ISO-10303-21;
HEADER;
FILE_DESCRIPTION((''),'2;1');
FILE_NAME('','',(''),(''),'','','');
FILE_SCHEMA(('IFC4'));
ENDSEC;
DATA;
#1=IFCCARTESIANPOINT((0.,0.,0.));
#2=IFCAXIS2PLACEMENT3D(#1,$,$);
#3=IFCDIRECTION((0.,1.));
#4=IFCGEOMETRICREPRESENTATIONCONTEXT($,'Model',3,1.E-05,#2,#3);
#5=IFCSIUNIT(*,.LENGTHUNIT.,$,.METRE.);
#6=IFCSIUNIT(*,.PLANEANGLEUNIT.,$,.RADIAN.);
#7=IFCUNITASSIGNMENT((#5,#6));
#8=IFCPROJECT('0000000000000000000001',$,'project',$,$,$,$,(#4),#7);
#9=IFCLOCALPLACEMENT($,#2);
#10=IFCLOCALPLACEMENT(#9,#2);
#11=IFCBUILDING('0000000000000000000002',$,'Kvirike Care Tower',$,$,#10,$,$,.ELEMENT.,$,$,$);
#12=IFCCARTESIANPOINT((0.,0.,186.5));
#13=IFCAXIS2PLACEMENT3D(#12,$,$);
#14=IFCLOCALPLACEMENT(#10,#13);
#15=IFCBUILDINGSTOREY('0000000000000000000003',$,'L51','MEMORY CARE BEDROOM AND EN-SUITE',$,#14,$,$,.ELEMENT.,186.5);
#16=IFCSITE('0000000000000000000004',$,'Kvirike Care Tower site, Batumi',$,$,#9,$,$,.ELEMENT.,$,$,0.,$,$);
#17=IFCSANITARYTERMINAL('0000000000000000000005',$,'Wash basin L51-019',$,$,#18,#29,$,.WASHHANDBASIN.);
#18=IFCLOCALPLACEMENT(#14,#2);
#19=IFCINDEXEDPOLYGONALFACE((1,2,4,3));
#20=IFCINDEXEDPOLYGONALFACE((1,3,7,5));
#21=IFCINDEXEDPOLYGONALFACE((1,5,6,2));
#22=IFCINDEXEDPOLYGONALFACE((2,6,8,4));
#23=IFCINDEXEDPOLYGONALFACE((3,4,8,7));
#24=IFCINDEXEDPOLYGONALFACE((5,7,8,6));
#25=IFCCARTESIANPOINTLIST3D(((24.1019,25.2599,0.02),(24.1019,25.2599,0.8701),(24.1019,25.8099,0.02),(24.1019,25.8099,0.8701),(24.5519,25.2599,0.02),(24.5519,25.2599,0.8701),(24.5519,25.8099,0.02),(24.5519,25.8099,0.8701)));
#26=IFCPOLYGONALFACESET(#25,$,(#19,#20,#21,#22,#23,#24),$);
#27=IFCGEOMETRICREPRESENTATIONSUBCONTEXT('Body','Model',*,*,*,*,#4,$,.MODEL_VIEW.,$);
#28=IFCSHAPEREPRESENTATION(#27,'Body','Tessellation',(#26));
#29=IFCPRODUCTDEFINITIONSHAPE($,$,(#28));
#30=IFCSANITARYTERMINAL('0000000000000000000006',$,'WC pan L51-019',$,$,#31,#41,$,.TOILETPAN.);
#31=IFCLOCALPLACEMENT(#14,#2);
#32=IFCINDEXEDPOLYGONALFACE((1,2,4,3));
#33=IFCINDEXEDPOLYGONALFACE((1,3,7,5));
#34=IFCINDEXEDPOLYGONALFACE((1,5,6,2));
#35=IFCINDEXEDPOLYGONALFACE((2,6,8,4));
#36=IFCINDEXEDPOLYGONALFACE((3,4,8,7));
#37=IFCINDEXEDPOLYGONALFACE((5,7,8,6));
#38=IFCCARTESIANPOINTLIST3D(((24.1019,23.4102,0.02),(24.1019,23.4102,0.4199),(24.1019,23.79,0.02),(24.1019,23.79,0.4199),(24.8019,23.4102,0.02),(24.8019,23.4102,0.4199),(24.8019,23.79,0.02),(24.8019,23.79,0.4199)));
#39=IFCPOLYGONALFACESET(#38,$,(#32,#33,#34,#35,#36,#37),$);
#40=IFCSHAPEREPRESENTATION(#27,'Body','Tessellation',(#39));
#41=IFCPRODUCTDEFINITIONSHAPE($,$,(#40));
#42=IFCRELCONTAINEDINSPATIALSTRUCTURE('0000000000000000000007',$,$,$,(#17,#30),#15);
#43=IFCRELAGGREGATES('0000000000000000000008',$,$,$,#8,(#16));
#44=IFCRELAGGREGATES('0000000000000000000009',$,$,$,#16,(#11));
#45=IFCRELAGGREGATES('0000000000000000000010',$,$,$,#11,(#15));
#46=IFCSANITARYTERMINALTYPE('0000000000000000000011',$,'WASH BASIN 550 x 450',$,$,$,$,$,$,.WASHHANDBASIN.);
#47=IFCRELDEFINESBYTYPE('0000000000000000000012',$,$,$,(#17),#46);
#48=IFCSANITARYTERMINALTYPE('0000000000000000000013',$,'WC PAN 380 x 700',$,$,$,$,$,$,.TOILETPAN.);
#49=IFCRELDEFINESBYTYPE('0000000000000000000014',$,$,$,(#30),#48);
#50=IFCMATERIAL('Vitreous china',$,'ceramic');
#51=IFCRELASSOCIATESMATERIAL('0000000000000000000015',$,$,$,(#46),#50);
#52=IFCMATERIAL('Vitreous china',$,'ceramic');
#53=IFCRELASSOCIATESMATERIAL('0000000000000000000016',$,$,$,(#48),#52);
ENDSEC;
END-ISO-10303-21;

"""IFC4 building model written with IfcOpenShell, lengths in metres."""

from ifc_helpers import new_model, si_unit, direction, frame, origin, origin_2d, place, context, subcontext, project, spatial, rectangle, extrude, material, type_object, element, save


model = new_model("IFC4")

# Units and contexts
model_context = context("Model", 3, precision=1e-05, world=origin(), true_north=direction((0.0, 1.0)))
body_context = subcontext(model_context, "Body", "Model", "MODEL_VIEW")
ifc_project = project(units=[si_unit("LENGTHUNIT", "METRE"), si_unit("PLANEANGLEUNIT", "RADIAN")], contexts=[model_context])

# Site, building, storey
site_placement = place(None, origin())
site = spatial("IfcSite", under=ifc_project, at=site_placement, Name="Kvirike Care Tower site, Batumi", CompositionType="ELEMENT", RefElevation=0.0)
building_placement = place(site_placement, origin())
building = spatial("IfcBuilding", under=site, at=building_placement, Name="Kvirike Care Tower", CompositionType="ELEMENT")
storey_placement = place(building_placement, frame((0.0, 0.0, 186.5)))
storey = spatial("IfcBuildingStorey", under=building, at=storey_placement, Name="L51", Description="MEMORY CARE BEDROOM AND EN-SUITE", CompositionType="ELEMENT", Elevation=186.5)

# Sanitary terminals
ifc_material_1 = material(Name="Vitreous china", Category="ceramic")
sanitary_terminal_type_1 = type_object("IfcSanitaryTerminalType", Name="WASH BASIN 550 x 450", PredefinedType="WASHHANDBASIN", material=ifc_material_1)
sanitary_terminal_1_placement = place(storey_placement, frame((24.3269, 25.5349, 0.02), z_axis=(0.0, 0.0, 1.0), x_axis=(0.0, 1.0, 0.0)))
element("IfcSanitaryTerminal", 1, at=sanitary_terminal_1_placement, inside=storey, type_object=sanitary_terminal_type_1, Name="Wash basin L51-019", PredefinedType="WASHHANDBASIN", context=body_context, shape_type="SweptSolid", body=[
    extrude(rectangle(XDim=0.55, YDim=0.45, at=origin_2d()), origin(), (0.0, 0.0, 1.0), 0.8501),
])
ifc_material_2 = material(Name="Vitreous china", Category="ceramic")
sanitary_terminal_type_2 = type_object("IfcSanitaryTerminalType", Name="WC PAN 380 x 700", PredefinedType="TOILETPAN", material=ifc_material_2)
sanitary_terminal_2_placement = place(storey_placement, frame((24.4519, 23.6001, 0.02), z_axis=(0.0, 0.0, 1.0), x_axis=(0.0, 1.0, 0.0)))
element("IfcSanitaryTerminal", 2, at=sanitary_terminal_2_placement, inside=storey, type_object=sanitary_terminal_type_2, Name="WC pan L51-019", PredefinedType="TOILETPAN", context=body_context, shape_type="SweptSolid", body=[
    extrude(rectangle(XDim=0.3799, YDim=0.7, at=origin_2d()), origin(), (0.0, 0.0, 1.0), 0.3999),
])

save(model, "model.ifc")
